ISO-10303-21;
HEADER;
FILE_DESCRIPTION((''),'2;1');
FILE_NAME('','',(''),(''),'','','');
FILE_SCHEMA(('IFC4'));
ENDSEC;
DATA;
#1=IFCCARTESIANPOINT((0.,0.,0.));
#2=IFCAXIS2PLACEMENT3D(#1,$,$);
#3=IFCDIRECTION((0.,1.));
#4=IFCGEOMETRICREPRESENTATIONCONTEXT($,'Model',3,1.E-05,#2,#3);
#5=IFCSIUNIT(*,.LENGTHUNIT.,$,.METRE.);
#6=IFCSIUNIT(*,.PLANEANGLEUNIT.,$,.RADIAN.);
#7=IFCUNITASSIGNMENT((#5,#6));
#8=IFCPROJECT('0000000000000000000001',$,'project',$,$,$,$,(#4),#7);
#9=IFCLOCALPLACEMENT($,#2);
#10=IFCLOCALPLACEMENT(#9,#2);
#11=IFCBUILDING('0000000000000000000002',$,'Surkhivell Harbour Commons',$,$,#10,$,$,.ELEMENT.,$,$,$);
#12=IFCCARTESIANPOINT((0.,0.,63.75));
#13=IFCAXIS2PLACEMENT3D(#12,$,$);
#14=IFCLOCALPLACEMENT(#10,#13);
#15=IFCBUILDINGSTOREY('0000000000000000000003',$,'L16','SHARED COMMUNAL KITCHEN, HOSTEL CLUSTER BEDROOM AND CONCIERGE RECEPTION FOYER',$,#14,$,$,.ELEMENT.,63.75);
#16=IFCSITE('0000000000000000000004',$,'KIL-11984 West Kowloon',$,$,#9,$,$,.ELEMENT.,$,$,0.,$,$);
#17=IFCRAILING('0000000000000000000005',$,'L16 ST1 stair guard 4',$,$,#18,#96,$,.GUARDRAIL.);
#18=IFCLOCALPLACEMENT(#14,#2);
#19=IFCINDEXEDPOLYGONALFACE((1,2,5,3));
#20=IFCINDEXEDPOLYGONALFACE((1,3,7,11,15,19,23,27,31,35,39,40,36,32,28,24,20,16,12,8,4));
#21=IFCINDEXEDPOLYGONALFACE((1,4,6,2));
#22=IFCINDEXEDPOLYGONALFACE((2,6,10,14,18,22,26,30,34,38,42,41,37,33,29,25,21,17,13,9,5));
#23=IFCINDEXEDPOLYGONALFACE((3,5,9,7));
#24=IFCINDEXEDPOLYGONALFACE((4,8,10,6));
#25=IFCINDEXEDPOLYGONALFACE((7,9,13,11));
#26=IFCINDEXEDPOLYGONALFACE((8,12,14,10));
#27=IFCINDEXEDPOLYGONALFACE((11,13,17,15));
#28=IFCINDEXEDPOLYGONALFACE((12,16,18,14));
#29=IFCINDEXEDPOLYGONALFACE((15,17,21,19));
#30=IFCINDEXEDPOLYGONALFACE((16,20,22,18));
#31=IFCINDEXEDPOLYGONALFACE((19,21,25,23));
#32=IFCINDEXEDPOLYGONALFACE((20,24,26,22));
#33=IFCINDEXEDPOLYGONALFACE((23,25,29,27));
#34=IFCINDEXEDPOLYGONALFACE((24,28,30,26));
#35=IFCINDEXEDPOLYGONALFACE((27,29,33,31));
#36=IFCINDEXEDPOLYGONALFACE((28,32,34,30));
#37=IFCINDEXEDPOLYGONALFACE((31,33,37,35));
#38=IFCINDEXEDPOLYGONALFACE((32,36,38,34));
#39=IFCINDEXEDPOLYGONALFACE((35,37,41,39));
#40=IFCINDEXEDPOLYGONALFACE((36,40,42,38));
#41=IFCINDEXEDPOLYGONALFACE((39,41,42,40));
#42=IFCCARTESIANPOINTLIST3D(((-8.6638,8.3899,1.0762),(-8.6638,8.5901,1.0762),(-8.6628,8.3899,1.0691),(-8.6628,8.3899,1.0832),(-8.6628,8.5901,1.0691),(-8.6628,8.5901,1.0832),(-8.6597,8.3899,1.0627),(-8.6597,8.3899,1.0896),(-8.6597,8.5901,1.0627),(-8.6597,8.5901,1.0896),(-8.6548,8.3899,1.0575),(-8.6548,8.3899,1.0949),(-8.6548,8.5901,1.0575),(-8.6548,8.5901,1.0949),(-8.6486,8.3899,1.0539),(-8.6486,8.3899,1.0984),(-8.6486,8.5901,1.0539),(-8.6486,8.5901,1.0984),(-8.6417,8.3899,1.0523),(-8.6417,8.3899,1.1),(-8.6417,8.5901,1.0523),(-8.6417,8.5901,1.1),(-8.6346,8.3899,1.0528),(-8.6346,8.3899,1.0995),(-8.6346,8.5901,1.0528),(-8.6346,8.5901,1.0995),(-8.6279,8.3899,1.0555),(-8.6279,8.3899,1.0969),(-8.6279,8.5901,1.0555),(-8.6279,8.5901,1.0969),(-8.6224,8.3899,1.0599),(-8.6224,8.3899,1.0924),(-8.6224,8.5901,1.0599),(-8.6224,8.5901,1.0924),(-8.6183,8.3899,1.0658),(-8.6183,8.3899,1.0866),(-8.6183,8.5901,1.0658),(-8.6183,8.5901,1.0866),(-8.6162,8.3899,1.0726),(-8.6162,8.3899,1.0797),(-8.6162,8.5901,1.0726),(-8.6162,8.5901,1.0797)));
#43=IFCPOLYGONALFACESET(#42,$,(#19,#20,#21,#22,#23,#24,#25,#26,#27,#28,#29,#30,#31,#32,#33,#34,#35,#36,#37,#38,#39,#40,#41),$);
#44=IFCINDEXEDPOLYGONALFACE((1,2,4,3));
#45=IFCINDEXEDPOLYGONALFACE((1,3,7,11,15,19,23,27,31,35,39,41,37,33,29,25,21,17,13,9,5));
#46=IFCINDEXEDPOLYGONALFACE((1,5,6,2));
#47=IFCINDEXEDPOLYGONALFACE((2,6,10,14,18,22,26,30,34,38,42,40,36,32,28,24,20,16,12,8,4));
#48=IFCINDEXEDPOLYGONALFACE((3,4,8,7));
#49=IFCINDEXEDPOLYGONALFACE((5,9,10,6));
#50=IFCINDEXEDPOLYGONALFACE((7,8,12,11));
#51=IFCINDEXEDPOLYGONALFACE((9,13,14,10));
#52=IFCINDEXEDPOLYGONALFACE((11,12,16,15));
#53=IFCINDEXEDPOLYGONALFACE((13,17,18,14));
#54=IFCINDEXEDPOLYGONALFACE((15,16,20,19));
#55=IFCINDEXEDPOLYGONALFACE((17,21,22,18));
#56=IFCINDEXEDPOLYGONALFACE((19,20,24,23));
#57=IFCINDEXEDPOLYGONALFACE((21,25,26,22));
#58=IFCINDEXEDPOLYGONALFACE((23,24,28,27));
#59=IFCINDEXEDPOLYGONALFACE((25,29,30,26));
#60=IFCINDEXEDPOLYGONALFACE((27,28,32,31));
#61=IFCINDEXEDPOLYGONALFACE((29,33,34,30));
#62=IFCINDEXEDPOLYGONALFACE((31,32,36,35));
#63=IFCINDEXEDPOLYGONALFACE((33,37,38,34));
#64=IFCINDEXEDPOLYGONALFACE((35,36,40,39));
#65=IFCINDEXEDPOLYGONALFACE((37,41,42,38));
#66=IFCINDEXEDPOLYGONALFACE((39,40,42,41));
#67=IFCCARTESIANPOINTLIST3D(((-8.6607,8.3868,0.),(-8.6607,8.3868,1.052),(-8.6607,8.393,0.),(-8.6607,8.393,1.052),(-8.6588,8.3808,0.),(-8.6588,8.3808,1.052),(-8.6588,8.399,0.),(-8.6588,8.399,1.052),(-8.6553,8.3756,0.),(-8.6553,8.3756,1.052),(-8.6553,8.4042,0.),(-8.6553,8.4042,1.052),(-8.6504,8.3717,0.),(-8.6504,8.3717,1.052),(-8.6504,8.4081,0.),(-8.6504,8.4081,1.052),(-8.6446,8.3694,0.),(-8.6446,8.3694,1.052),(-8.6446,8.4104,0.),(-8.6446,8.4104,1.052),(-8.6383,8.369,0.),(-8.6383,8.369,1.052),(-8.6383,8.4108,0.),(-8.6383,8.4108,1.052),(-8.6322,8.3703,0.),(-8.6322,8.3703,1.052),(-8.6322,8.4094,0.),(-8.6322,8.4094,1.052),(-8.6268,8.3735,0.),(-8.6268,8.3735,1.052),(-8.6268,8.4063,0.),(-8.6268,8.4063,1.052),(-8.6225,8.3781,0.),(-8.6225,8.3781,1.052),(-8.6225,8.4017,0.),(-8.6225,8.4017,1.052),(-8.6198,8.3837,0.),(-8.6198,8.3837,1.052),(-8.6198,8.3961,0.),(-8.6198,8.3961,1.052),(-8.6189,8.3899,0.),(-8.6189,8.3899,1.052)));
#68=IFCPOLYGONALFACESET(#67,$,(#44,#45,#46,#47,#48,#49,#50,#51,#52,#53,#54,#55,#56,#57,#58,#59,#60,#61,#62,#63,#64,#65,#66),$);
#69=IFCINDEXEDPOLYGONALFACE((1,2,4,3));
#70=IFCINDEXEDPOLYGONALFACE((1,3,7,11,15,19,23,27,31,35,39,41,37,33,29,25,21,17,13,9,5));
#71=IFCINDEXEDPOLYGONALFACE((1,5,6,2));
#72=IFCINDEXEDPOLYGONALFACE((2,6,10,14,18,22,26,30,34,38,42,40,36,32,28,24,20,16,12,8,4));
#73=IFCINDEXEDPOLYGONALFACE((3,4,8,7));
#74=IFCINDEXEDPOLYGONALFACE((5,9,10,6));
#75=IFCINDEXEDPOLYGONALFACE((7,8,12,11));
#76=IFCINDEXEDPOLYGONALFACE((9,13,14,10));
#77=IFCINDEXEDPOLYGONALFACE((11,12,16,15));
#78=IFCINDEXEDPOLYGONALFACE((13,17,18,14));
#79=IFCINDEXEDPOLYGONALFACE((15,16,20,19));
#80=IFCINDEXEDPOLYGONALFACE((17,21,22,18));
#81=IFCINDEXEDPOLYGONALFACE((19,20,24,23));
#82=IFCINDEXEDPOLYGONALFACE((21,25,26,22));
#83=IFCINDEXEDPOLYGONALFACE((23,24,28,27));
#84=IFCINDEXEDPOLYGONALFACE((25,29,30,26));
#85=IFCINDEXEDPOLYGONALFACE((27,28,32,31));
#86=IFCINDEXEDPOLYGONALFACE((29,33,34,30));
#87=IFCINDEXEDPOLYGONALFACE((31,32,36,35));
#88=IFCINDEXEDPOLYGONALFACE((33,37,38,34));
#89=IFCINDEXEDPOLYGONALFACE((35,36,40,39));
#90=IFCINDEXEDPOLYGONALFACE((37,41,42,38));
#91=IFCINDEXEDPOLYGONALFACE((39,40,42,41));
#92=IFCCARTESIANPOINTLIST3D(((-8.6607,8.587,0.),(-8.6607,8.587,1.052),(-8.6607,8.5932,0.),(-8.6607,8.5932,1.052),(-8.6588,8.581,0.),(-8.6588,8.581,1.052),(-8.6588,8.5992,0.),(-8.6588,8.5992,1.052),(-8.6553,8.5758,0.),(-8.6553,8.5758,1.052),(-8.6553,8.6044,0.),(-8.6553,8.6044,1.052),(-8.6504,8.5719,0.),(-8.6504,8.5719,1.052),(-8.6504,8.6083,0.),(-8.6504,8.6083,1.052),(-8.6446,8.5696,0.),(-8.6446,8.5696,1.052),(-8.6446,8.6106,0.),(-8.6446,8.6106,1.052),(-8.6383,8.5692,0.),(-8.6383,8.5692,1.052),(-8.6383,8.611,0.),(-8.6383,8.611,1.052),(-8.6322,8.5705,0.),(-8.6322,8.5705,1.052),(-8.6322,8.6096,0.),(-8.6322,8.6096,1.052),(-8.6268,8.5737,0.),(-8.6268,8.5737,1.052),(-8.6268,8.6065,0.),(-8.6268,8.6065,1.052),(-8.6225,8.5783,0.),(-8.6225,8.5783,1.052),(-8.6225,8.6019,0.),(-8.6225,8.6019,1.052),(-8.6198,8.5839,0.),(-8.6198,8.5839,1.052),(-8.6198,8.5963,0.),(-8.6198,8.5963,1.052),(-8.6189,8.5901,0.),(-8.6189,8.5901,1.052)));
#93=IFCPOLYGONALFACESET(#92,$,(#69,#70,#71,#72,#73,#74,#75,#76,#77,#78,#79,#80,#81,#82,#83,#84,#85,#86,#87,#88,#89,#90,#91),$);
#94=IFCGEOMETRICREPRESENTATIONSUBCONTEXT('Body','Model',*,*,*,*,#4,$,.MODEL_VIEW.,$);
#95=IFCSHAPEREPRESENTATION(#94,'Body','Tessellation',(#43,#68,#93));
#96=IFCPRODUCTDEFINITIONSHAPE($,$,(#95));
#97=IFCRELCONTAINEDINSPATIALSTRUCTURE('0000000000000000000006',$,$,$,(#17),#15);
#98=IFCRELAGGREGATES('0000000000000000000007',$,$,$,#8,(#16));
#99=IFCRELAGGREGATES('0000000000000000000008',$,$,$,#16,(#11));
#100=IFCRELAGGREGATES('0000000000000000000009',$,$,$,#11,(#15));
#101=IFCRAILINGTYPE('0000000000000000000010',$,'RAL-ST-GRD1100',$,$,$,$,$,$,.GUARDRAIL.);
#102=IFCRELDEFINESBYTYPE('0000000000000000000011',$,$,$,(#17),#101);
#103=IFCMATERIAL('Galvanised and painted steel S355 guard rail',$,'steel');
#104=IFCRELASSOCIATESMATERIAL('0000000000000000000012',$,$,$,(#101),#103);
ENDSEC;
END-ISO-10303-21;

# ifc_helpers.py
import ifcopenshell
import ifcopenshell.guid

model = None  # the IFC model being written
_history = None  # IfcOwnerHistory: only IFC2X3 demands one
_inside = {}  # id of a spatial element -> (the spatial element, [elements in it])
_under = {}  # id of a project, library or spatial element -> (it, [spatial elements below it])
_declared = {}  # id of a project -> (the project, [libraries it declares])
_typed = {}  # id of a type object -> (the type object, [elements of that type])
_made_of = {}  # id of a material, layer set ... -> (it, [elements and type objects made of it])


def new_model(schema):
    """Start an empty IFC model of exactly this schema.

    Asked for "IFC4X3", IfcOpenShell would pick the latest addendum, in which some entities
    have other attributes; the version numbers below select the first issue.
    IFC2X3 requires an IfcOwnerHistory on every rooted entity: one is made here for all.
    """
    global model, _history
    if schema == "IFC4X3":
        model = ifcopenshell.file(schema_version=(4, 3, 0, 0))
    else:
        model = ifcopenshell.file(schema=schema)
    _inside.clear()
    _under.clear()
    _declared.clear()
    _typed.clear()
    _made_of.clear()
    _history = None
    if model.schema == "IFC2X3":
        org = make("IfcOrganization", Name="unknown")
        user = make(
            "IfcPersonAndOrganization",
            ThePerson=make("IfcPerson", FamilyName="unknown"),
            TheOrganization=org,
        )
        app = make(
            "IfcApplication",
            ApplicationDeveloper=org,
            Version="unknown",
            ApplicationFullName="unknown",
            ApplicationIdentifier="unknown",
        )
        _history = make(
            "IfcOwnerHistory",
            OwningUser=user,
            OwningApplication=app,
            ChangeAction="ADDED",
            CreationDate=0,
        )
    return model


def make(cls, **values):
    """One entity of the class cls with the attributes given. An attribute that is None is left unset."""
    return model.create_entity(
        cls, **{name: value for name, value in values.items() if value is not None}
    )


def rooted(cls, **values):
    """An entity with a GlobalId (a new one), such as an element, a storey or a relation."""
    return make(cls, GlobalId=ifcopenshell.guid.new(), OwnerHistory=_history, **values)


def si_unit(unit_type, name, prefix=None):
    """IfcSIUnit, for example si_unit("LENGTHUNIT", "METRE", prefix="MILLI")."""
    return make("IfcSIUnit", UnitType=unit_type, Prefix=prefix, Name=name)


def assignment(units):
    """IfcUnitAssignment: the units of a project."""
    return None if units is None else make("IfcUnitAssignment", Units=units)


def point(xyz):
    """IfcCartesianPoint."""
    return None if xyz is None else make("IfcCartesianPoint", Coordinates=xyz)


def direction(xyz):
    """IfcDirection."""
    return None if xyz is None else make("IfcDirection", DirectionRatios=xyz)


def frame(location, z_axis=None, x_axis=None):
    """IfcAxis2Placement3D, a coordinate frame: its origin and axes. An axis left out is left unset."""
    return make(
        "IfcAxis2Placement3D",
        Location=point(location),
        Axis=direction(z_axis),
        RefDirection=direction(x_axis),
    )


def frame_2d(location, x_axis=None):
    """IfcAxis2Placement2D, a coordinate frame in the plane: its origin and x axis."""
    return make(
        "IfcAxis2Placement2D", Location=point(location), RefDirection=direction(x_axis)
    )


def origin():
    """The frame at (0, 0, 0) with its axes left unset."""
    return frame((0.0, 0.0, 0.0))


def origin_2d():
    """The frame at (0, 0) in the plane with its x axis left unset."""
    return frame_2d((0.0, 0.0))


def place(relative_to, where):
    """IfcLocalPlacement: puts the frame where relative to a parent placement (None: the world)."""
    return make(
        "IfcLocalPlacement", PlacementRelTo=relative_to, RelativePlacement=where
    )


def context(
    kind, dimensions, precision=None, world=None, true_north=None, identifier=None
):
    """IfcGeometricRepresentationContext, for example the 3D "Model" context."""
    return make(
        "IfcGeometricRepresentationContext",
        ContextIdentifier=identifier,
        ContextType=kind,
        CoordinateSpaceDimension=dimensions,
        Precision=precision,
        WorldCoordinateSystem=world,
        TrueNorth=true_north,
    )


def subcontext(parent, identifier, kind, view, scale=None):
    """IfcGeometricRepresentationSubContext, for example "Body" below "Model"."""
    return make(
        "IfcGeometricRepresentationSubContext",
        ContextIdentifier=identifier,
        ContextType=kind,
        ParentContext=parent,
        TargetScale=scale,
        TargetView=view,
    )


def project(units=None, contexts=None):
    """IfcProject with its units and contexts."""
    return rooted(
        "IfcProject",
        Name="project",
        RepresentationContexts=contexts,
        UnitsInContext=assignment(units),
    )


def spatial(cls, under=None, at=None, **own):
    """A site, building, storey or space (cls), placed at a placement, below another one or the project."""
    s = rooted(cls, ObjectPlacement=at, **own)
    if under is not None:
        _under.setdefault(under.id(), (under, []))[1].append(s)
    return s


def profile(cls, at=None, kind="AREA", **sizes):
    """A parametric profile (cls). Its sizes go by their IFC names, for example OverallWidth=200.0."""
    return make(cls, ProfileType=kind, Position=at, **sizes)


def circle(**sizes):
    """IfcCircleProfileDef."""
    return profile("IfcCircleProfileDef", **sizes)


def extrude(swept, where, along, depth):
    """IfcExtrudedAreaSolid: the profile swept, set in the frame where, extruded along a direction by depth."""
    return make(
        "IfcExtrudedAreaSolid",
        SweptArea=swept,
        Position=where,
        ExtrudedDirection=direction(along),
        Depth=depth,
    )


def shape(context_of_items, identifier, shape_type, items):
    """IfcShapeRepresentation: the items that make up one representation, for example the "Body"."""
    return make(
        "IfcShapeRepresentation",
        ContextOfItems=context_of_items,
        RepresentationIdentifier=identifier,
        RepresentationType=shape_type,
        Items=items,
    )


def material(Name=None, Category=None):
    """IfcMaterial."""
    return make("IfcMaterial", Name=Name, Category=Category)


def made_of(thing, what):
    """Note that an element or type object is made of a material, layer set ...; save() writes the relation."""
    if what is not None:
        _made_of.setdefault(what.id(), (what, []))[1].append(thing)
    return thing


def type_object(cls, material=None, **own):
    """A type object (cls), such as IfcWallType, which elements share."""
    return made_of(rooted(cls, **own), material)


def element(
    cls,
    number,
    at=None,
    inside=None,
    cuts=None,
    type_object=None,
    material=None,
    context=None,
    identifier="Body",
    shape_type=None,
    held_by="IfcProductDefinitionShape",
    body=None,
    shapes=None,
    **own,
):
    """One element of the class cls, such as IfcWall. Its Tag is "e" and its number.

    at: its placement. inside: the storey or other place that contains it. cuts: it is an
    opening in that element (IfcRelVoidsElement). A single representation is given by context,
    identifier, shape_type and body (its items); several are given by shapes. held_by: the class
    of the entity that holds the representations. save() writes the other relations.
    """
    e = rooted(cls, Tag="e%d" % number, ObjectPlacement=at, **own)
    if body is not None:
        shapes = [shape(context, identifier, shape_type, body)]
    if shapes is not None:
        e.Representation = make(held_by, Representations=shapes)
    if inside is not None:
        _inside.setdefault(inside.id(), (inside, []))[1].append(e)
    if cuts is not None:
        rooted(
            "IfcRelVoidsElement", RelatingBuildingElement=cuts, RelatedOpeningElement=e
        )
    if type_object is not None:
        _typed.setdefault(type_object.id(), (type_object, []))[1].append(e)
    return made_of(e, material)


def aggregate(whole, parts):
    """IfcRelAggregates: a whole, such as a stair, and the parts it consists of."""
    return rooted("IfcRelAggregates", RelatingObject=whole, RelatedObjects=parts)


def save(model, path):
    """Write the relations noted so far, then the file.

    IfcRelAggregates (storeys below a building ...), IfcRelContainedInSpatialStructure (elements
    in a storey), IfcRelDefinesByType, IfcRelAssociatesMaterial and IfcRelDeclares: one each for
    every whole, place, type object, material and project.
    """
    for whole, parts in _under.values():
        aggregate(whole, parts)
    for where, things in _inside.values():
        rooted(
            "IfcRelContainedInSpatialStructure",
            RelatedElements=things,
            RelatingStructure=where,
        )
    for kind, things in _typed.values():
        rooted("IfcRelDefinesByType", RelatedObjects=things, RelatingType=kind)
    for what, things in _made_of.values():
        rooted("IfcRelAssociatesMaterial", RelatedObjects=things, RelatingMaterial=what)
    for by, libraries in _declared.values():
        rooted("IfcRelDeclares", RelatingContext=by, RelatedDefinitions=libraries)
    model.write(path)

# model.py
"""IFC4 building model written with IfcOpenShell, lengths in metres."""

from ifc_helpers import new_model, si_unit, direction, frame, origin, origin_2d, place, context, subcontext, project, spatial, circle, extrude, material, type_object, element, save


model = new_model("IFC4")

# Units and contexts
model_context = context("Model", 3, precision=1e-05, world=origin(), true_north=direction((0.0, 1.0)))
body_context = subcontext(model_context, "Body", "Model", "MODEL_VIEW")
ifc_project = project(units=[si_unit("LENGTHUNIT", "METRE"), si_unit("PLANEANGLEUNIT", "RADIAN")], contexts=[model_context])

# Site, building, storey
site_placement = place(None, origin())
site = spatial("IfcSite", under=ifc_project, at=site_placement, Name="KIL-11984 West Kowloon", CompositionType="ELEMENT", RefElevation=0.0)
building_placement = place(site_placement, origin())
building = spatial("IfcBuilding", under=site, at=building_placement, Name="Surkhivell Harbour Commons", CompositionType="ELEMENT")
storey_placement = place(building_placement, frame((0.0, 0.0, 63.75)))
storey = spatial("IfcBuildingStorey", under=building, at=storey_placement, Name="L16", Description="SHARED COMMUNAL KITCHEN, HOSTEL CLUSTER BEDROOM AND CONCIERGE RECEPTION FOYER", CompositionType="ELEMENT", Elevation=63.75)

# Railing
ifc_material_1 = material(Name="Galvanised and painted steel S355 guard rail", Category="steel")
railing_type_1 = type_object("IfcRailingType", Name="RAL-ST-GRD1100", PredefinedType="GUARDRAIL", material=ifc_material_1)
railing_1_placement = place(storey_placement, frame((-8.6399, 8.3899, 0.0)))
element("IfcRailing", 1, at=railing_1_placement, inside=storey, type_object=railing_type_1, Name="L16 ST1 stair guard 4", PredefinedType="GUARDRAIL", context=body_context, shape_type="SweptSolid", body=[
    extrude(circle(Radius=0.0239, at=origin_2d()), frame((0.0, 0.0, 1.0762), z_axis=(0.0, 1.0, 0.0), x_axis=(-1.0, 0.0, 0.0)), (0.0, 0.0, 1.0), 0.2002),
    extrude(circle(Radius=0.021, at=origin_2d()), origin(), (0.0, 0.0, 1.0), 1.052),
    extrude(circle(Radius=0.021, at=origin_2d()), frame((0.0, 0.2002, 0.0)), (0.0, 0.0, 1.0), 1.052),
])

save(model, "model.ifc")
